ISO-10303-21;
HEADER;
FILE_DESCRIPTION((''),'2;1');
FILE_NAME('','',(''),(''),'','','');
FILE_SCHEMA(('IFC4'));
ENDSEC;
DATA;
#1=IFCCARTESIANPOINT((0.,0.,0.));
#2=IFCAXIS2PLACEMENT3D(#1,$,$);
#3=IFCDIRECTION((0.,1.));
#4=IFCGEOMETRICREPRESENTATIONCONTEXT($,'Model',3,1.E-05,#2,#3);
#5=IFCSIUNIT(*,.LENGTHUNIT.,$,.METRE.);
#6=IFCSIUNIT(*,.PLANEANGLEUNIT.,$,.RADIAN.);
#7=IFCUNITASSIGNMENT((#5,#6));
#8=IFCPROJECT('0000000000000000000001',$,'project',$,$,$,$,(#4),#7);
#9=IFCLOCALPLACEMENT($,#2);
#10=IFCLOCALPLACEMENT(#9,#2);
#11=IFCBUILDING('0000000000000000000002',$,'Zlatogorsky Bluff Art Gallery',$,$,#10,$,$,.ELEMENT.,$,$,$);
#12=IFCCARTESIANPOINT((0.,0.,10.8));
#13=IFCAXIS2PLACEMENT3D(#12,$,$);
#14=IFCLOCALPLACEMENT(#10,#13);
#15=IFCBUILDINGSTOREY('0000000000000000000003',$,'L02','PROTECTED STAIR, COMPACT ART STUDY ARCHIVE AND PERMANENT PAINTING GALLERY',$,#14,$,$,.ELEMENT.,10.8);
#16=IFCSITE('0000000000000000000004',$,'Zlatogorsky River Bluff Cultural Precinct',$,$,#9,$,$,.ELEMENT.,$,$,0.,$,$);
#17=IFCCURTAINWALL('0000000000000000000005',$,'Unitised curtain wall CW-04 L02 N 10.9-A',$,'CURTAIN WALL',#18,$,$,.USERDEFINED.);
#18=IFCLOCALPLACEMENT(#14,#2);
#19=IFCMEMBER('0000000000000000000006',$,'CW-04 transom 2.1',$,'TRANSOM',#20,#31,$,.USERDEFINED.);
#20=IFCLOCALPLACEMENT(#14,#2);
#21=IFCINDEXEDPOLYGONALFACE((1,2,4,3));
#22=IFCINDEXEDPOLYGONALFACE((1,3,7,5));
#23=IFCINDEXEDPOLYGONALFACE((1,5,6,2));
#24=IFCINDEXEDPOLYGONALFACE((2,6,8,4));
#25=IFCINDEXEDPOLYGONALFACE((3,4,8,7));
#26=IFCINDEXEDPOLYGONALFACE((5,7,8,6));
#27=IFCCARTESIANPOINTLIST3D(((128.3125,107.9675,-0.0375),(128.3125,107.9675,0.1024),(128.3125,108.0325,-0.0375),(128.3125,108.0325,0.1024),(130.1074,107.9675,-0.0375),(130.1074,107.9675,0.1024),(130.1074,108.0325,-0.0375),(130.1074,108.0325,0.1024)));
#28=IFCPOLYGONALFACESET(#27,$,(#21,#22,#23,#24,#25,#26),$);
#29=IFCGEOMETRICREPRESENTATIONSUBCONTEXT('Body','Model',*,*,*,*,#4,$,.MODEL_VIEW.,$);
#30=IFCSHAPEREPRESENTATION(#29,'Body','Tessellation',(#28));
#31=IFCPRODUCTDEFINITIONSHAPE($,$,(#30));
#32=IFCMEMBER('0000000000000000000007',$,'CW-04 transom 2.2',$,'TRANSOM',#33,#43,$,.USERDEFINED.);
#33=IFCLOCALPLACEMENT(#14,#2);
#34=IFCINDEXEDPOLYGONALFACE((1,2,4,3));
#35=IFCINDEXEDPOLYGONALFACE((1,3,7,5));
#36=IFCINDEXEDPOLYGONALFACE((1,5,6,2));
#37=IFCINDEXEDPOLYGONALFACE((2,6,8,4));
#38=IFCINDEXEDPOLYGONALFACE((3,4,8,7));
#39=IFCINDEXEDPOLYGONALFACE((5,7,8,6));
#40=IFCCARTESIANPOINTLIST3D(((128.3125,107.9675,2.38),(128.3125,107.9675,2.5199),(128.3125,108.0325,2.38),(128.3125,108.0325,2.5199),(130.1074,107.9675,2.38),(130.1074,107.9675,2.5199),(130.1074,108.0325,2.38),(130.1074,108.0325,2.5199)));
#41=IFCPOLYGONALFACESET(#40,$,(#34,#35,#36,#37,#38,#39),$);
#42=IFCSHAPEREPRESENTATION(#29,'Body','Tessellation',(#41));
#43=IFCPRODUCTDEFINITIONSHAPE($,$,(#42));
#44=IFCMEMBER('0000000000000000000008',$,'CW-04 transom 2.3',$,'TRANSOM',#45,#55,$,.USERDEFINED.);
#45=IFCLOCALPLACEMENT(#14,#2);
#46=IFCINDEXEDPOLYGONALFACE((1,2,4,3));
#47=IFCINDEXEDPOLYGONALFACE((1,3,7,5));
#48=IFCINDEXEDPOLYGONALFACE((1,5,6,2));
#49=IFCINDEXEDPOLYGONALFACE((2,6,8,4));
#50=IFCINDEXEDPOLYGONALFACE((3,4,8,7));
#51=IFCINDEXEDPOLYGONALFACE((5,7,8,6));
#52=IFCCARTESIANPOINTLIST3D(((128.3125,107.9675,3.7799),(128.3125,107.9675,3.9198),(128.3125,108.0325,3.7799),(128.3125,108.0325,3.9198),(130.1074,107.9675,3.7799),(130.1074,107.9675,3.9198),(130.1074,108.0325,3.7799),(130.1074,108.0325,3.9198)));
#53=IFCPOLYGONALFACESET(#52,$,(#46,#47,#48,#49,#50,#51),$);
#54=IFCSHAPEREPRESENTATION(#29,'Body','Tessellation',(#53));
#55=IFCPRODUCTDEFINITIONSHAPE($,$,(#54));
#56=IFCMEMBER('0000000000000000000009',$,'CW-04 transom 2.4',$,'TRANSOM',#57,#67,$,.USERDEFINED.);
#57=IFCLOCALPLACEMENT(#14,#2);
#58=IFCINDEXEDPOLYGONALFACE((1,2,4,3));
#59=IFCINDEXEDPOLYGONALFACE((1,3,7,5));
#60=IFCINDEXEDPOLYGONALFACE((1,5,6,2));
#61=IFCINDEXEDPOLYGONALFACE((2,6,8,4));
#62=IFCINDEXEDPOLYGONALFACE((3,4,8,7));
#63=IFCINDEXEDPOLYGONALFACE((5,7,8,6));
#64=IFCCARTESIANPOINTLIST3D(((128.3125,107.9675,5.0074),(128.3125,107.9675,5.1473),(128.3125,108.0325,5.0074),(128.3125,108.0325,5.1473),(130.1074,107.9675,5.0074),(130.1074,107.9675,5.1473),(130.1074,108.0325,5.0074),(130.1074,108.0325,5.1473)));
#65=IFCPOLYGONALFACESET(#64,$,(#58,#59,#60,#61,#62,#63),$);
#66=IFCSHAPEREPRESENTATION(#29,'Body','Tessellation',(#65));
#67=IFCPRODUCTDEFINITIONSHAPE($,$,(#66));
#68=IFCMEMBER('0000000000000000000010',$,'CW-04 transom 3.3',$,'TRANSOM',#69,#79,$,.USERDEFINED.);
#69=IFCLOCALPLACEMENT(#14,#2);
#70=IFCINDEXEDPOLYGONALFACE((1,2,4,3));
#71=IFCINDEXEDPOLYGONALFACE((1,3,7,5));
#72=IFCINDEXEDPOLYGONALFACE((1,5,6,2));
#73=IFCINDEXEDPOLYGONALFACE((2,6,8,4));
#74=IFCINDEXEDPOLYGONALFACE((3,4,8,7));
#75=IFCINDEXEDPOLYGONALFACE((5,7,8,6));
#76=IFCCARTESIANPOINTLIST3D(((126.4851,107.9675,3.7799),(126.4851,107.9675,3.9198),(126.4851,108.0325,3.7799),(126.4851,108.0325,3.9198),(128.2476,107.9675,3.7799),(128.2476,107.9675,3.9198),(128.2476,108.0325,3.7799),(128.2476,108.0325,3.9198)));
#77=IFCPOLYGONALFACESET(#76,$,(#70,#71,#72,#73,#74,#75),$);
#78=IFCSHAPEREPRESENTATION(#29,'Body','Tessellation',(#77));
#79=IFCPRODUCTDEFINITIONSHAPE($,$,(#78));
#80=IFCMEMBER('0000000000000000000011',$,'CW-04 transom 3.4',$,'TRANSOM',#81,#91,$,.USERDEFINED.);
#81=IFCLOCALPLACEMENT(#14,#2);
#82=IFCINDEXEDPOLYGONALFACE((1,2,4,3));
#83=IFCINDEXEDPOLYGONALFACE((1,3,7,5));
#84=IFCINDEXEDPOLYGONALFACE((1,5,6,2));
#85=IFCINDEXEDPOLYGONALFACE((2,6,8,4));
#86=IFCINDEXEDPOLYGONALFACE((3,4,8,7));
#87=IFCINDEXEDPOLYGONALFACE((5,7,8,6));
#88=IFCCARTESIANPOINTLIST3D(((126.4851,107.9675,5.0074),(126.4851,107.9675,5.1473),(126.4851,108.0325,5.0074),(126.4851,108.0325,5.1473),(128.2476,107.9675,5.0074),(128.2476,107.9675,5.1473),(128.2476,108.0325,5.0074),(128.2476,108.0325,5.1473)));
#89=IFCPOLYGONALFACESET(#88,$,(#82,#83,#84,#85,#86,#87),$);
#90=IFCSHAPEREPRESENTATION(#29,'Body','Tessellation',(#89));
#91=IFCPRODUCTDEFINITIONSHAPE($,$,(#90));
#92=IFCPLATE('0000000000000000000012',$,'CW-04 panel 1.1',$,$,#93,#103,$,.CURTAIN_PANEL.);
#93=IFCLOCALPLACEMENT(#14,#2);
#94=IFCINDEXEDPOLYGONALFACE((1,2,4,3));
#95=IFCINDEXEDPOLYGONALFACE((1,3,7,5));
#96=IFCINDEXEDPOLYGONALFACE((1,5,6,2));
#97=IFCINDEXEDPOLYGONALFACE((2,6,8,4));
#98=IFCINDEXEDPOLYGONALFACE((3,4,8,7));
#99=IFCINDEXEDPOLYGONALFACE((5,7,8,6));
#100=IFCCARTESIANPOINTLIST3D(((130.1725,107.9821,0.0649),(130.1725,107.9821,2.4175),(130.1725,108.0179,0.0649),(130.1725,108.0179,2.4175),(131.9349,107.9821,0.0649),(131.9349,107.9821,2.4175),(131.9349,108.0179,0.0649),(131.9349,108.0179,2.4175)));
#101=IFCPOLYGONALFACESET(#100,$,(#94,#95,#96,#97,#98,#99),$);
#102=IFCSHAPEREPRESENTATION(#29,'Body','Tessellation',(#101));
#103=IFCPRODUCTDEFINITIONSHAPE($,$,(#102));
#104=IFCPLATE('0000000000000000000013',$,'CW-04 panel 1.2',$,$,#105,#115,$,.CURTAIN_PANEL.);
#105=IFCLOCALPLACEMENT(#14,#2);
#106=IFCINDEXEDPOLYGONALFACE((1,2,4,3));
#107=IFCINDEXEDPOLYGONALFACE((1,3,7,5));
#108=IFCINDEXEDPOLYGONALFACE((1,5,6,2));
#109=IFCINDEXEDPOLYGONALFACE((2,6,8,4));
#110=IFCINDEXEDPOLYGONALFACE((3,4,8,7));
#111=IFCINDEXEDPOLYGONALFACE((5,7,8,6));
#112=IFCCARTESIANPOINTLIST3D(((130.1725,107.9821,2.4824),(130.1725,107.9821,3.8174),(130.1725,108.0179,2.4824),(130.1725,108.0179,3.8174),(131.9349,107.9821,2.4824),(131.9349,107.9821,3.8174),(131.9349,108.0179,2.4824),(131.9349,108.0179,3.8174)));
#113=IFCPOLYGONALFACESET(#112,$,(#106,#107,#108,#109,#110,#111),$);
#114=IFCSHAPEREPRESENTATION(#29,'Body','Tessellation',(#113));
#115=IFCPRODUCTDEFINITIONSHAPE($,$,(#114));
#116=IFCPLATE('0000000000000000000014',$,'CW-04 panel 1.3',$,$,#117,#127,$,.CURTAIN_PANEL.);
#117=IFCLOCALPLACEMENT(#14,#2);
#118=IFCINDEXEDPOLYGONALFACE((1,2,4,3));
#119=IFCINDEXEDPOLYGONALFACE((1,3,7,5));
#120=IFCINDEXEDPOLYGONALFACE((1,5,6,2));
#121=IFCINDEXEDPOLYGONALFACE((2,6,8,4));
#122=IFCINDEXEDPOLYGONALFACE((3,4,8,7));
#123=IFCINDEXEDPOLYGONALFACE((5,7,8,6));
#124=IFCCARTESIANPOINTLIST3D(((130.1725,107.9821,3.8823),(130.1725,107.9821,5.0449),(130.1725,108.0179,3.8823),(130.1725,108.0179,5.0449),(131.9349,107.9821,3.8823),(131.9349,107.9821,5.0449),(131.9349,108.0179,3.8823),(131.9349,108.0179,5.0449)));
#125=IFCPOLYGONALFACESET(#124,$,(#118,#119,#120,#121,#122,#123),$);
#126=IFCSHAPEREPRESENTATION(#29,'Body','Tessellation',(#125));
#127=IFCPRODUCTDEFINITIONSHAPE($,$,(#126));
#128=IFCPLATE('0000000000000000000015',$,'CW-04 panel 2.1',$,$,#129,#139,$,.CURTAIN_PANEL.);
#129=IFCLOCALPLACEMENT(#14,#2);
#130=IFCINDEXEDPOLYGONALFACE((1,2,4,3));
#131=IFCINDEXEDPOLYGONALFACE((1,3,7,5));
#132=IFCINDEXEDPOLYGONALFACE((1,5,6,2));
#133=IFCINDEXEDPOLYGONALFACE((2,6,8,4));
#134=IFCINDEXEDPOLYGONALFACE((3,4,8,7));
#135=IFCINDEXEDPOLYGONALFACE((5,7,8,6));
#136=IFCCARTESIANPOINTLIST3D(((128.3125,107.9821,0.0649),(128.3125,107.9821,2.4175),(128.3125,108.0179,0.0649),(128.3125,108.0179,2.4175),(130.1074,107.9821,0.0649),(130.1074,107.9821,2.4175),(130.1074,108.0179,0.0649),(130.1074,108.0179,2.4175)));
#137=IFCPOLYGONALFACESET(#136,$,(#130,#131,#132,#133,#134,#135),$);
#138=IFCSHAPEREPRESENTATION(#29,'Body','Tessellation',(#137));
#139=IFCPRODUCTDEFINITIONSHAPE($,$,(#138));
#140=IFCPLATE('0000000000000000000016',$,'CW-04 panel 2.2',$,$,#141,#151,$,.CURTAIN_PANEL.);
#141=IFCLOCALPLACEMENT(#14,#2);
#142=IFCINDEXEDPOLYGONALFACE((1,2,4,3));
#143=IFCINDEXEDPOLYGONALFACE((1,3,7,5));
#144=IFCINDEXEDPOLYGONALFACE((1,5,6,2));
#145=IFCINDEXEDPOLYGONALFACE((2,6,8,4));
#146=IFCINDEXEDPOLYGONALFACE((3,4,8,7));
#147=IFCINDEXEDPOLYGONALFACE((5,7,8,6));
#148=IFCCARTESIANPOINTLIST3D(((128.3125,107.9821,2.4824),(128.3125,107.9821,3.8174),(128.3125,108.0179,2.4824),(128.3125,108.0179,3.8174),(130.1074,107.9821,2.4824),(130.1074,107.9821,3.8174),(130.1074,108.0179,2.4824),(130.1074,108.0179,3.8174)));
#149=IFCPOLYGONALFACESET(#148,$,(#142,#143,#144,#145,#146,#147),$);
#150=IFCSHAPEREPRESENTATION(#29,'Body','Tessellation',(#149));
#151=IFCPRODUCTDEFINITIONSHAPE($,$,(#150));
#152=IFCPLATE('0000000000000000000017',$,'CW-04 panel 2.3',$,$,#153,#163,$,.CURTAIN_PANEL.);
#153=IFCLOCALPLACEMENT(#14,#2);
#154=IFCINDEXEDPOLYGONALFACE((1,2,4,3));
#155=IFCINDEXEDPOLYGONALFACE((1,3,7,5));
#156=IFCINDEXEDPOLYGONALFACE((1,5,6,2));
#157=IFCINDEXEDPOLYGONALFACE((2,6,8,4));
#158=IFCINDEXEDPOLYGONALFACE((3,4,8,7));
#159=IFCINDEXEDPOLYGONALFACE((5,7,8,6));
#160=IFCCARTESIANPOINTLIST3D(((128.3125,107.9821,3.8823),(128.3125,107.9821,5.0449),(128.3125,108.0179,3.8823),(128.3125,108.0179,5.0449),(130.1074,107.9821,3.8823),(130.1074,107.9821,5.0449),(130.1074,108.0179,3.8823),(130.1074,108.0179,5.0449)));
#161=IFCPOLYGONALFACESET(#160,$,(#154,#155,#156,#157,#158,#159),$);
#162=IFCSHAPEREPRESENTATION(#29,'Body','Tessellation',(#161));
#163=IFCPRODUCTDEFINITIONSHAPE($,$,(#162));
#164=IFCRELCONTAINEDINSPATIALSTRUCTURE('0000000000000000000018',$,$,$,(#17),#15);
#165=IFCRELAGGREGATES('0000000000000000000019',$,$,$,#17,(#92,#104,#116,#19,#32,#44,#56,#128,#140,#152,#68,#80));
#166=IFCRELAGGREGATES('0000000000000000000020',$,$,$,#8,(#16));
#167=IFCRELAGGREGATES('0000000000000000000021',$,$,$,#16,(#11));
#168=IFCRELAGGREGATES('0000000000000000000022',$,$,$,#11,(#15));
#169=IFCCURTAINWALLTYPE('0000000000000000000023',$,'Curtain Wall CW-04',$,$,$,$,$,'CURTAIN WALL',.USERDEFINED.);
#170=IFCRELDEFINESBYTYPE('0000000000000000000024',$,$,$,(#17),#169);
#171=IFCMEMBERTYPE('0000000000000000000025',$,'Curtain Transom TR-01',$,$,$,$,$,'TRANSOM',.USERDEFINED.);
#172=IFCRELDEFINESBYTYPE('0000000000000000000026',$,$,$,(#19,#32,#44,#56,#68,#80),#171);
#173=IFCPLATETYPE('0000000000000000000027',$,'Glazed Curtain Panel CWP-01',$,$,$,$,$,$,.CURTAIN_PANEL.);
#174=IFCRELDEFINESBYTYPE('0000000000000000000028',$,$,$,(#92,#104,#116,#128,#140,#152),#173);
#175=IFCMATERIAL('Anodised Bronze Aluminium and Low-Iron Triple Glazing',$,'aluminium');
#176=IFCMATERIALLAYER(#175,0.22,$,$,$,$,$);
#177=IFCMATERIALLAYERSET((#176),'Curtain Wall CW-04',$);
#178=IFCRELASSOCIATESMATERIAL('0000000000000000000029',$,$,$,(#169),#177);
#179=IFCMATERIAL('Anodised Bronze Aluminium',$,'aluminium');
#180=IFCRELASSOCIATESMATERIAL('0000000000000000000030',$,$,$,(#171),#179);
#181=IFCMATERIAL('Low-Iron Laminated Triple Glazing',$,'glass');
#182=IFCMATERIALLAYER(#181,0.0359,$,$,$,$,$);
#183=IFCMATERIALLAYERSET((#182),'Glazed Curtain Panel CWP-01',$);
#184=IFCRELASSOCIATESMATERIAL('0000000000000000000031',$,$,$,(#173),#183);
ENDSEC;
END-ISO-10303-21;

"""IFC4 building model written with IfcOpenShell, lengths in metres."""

from ifc_helpers import new_model, si_unit, direction, frame, origin, origin_2d, place, context, subcontext, project, spatial, rectangle, extrude, material, layer, layer_set, material_profile, profile_set, type_object, element, aggregate, save


model = new_model("IFC4")

# Units and contexts
model_context = context("Model", 3, precision=1e-05, world=origin(), true_north=direction((0.0, 1.0)))
body_context = subcontext(model_context, "Body", "Model", "MODEL_VIEW")
ifc_project = project(units=[si_unit("LENGTHUNIT", "METRE"), si_unit("PLANEANGLEUNIT", "RADIAN")], contexts=[model_context])

# Site, building, storey
site_placement = place(None, origin())
site = spatial("IfcSite", under=ifc_project, at=site_placement, Name="Zlatogorsky River Bluff Cultural Precinct", CompositionType="ELEMENT", RefElevation=0.0)
building_placement = place(site_placement, origin())
building = spatial("IfcBuilding", under=site, at=building_placement, Name="Zlatogorsky Bluff Art Gallery", CompositionType="ELEMENT")
storey_placement = place(building_placement, frame((0.0, 0.0, 10.8)))
storey = spatial("IfcBuildingStorey", under=building, at=storey_placement, Name="L02", Description="PROTECTED STAIR, COMPACT ART STUDY ARCHIVE AND PERMANENT PAINTING GALLERY", CompositionType="ELEMENT", Elevation=10.8)

# Curtain wall, members, plates
ifc_material_1 = material(Name="Anodised Bronze Aluminium and Low-Iron Triple Glazing", Category="aluminium")
ifc_layer_1 = layer(ifc_material_1, 0.22)
ifc_layer_set_1 = layer_set([ifc_layer_1], Name="Curtain Wall CW-04")
curtain_wall_type = type_object("IfcCurtainWallType", Name="Curtain Wall CW-04", ElementType="CURTAIN WALL", PredefinedType="USERDEFINED", material=ifc_layer_set_1)
curtain_wall_placement = place(storey_placement, origin())
curtain_wall = element("IfcCurtainWall", 1, at=curtain_wall_placement, inside=storey, type_object=curtain_wall_type, Name="Unitised curtain wall CW-04 L02 N 10.9-A", ObjectType="CURTAIN WALL", PredefinedType="USERDEFINED")
ifc_material_2 = material(Name="Anodised Bronze Aluminium", Category="aluminium")
ifc_material_profile_1 = material_profile(ifc_material_2, rectangle(XDim=0.0649, YDim=0.1399, at=origin_2d()), Name="ALU TRANSOM 65x140")
ifc_profile_set_1 = profile_set([ifc_material_profile_1], Name="Anodised Bronze Aluminium")
member_type_1 = type_object("IfcMemberType", Name="Curtain Transom TR-01", ElementType="TRANSOM", PredefinedType="USERDEFINED", material=ifc_profile_set_1)
member_1_placement = place(storey_placement, frame((130.1074, 108.0, 0.0325), z_axis=(-1.0, 0.0, 0.0), x_axis=(0.0, -1.0, 0.0)))
member_1 = element("IfcMember", 2, at=member_1_placement, type_object=member_type_1, Name="CW-04 transom 2.1", ObjectType="TRANSOM", PredefinedType="USERDEFINED", context=body_context, shape_type="SweptSolid", body=[
    extrude(rectangle(XDim=0.0649, YDim=0.1399, at=origin_2d()), origin(), (0.0, 0.0, 1.0), 1.7949),
])
member_2_placement = place(storey_placement, frame((130.1074, 108.0, 2.45), z_axis=(-1.0, 0.0, 0.0), x_axis=(0.0, -1.0, 0.0)))
member_2 = element("IfcMember", 3, at=member_2_placement, type_object=member_type_1, Name="CW-04 transom 2.2", ObjectType="TRANSOM", PredefinedType="USERDEFINED", context=body_context, shape_type="SweptSolid", body=[
    extrude(rectangle(XDim=0.0649, YDim=0.1399, at=origin_2d()), origin(), (0.0, 0.0, 1.0), 1.7949),
])
member_3_placement = place(storey_placement, frame((130.1074, 108.0, 3.8499), z_axis=(-1.0, 0.0, 0.0), x_axis=(0.0, -1.0, 0.0)))
member_3 = element("IfcMember", 4, at=member_3_placement, type_object=member_type_1, Name="CW-04 transom 2.3", ObjectType="TRANSOM", PredefinedType="USERDEFINED", context=body_context, shape_type="SweptSolid", body=[
    extrude(rectangle(XDim=0.0649, YDim=0.1399, at=origin_2d()), origin(), (0.0, 0.0, 1.0), 1.7949),
])
member_4_placement = place(storey_placement, frame((130.1074, 108.0, 5.0774), z_axis=(-1.0, 0.0, 0.0), x_axis=(0.0, -1.0, 0.0)))
member_4 = element("IfcMember", 5, at=member_4_placement, type_object=member_type_1, Name="CW-04 transom 2.4", ObjectType="TRANSOM", PredefinedType="USERDEFINED", context=body_context, shape_type="SweptSolid", body=[
    extrude(rectangle(XDim=0.0649, YDim=0.1399, at=origin_2d()), origin(), (0.0, 0.0, 1.0), 1.7949),
])
member_5_placement = place(storey_placement, frame((128.2476, 108.0, 3.8499), z_axis=(-1.0, 0.0, 0.0), x_axis=(0.0, -1.0, 0.0)))
member_5 = element("IfcMember", 6, at=member_5_placement, type_object=member_type_1, Name="CW-04 transom 3.3", ObjectType="TRANSOM", PredefinedType="USERDEFINED", context=body_context, shape_type="SweptSolid", body=[
    extrude(rectangle(XDim=0.0649, YDim=0.1399, at=origin_2d()), origin(), (0.0, 0.0, 1.0), 1.7625),
])
member_6_placement = place(storey_placement, frame((128.2476, 108.0, 5.0774), z_axis=(-1.0, 0.0, 0.0), x_axis=(0.0, -1.0, 0.0)))
member_6 = element("IfcMember", 7, at=member_6_placement, type_object=member_type_1, Name="CW-04 transom 3.4", ObjectType="TRANSOM", PredefinedType="USERDEFINED", context=body_context, shape_type="SweptSolid", body=[
    extrude(rectangle(XDim=0.0649, YDim=0.1399, at=origin_2d()), origin(), (0.0, 0.0, 1.0), 1.7625),
])
ifc_material_3 = material(Name="Low-Iron Laminated Triple Glazing", Category="glass")
ifc_layer_2 = layer(ifc_material_3, 0.0359)
ifc_layer_set_2 = layer_set([ifc_layer_2], Name="Glazed Curtain Panel CWP-01")
plate_type = type_object("IfcPlateType", Name="Glazed Curtain Panel CWP-01", PredefinedType="CURTAIN_PANEL", material=ifc_layer_set_2)
plate_1_placement = place(storey_placement, frame((131.0537, 108.0, 0.0649), z_axis=(0.0, 0.0, 1.0), x_axis=(-1.0, 0.0, 0.0)))
plate_1 = element("IfcPlate", 8, at=plate_1_placement, type_object=plate_type, Name="CW-04 panel 1.1", PredefinedType="CURTAIN_PANEL", context=body_context, shape_type="SweptSolid", body=[
    extrude(rectangle(XDim=1.7625, YDim=0.0359, at=origin_2d()), origin(), (0.0, 0.0, 1.0), 2.3525),
])
plate_2_placement = place(storey_placement, frame((131.0537, 108.0, 2.4824), z_axis=(0.0, 0.0, 1.0), x_axis=(-1.0, 0.0, 0.0)))
plate_2 = element("IfcPlate", 9, at=plate_2_placement, type_object=plate_type, Name="CW-04 panel 1.2", PredefinedType="CURTAIN_PANEL", context=body_context, shape_type="SweptSolid", body=[
    extrude(rectangle(XDim=1.7625, YDim=0.0359, at=origin_2d()), origin(), (0.0, 0.0, 1.0), 1.335),
])
plate_3_placement = place(storey_placement, frame((131.0537, 108.0, 3.8823), z_axis=(0.0, 0.0, 1.0), x_axis=(-1.0, 0.0, 0.0)))
plate_3 = element("IfcPlate", 10, at=plate_3_placement, type_object=plate_type, Name="CW-04 panel 1.3", PredefinedType="CURTAIN_PANEL", context=body_context, shape_type="SweptSolid", body=[
    extrude(rectangle(XDim=1.7625, YDim=0.0359, at=origin_2d()), origin(), (0.0, 0.0, 1.0), 1.1626),
])
plate_4_placement = place(storey_placement, frame((129.21, 108.0, 0.0649), z_axis=(0.0, 0.0, 1.0), x_axis=(-1.0, 0.0, 0.0)))
plate_4 = element("IfcPlate", 11, at=plate_4_placement, type_object=plate_type, Name="CW-04 panel 2.1", PredefinedType="CURTAIN_PANEL", context=body_context, shape_type="SweptSolid", body=[
    extrude(rectangle(XDim=1.7949, YDim=0.0359, at=origin_2d()), origin(), (0.0, 0.0, 1.0), 2.3525),
])
plate_5_placement = place(storey_placement, frame((129.21, 108.0, 2.4824), z_axis=(0.0, 0.0, 1.0), x_axis=(-1.0, 0.0, 0.0)))
plate_5 = element("IfcPlate", 12, at=plate_5_placement, type_object=plate_type, Name="CW-04 panel 2.2", PredefinedType="CURTAIN_PANEL", context=body_context, shape_type="SweptSolid", body=[
    extrude(rectangle(XDim=1.7949, YDim=0.0359, at=origin_2d()), origin(), (0.0, 0.0, 1.0), 1.335),
])
plate_6_placement = place(storey_placement, frame((129.21, 108.0, 3.8823), z_axis=(0.0, 0.0, 1.0), x_axis=(-1.0, 0.0, 0.0)))
plate_6 = element("IfcPlate", 13, at=plate_6_placement, type_object=plate_type, Name="CW-04 panel 2.3", PredefinedType="CURTAIN_PANEL", context=body_context, shape_type="SweptSolid", body=[
    extrude(rectangle(XDim=1.7949, YDim=0.0359, at=origin_2d()), origin(), (0.0, 0.0, 1.0), 1.1626),
])
aggregate(curtain_wall, [plate_1, plate_2, plate_3, member_1, member_2, member_3, member_4, plate_4, plate_5, plate_6, member_5, member_6])

save(model, "model.ifc")
